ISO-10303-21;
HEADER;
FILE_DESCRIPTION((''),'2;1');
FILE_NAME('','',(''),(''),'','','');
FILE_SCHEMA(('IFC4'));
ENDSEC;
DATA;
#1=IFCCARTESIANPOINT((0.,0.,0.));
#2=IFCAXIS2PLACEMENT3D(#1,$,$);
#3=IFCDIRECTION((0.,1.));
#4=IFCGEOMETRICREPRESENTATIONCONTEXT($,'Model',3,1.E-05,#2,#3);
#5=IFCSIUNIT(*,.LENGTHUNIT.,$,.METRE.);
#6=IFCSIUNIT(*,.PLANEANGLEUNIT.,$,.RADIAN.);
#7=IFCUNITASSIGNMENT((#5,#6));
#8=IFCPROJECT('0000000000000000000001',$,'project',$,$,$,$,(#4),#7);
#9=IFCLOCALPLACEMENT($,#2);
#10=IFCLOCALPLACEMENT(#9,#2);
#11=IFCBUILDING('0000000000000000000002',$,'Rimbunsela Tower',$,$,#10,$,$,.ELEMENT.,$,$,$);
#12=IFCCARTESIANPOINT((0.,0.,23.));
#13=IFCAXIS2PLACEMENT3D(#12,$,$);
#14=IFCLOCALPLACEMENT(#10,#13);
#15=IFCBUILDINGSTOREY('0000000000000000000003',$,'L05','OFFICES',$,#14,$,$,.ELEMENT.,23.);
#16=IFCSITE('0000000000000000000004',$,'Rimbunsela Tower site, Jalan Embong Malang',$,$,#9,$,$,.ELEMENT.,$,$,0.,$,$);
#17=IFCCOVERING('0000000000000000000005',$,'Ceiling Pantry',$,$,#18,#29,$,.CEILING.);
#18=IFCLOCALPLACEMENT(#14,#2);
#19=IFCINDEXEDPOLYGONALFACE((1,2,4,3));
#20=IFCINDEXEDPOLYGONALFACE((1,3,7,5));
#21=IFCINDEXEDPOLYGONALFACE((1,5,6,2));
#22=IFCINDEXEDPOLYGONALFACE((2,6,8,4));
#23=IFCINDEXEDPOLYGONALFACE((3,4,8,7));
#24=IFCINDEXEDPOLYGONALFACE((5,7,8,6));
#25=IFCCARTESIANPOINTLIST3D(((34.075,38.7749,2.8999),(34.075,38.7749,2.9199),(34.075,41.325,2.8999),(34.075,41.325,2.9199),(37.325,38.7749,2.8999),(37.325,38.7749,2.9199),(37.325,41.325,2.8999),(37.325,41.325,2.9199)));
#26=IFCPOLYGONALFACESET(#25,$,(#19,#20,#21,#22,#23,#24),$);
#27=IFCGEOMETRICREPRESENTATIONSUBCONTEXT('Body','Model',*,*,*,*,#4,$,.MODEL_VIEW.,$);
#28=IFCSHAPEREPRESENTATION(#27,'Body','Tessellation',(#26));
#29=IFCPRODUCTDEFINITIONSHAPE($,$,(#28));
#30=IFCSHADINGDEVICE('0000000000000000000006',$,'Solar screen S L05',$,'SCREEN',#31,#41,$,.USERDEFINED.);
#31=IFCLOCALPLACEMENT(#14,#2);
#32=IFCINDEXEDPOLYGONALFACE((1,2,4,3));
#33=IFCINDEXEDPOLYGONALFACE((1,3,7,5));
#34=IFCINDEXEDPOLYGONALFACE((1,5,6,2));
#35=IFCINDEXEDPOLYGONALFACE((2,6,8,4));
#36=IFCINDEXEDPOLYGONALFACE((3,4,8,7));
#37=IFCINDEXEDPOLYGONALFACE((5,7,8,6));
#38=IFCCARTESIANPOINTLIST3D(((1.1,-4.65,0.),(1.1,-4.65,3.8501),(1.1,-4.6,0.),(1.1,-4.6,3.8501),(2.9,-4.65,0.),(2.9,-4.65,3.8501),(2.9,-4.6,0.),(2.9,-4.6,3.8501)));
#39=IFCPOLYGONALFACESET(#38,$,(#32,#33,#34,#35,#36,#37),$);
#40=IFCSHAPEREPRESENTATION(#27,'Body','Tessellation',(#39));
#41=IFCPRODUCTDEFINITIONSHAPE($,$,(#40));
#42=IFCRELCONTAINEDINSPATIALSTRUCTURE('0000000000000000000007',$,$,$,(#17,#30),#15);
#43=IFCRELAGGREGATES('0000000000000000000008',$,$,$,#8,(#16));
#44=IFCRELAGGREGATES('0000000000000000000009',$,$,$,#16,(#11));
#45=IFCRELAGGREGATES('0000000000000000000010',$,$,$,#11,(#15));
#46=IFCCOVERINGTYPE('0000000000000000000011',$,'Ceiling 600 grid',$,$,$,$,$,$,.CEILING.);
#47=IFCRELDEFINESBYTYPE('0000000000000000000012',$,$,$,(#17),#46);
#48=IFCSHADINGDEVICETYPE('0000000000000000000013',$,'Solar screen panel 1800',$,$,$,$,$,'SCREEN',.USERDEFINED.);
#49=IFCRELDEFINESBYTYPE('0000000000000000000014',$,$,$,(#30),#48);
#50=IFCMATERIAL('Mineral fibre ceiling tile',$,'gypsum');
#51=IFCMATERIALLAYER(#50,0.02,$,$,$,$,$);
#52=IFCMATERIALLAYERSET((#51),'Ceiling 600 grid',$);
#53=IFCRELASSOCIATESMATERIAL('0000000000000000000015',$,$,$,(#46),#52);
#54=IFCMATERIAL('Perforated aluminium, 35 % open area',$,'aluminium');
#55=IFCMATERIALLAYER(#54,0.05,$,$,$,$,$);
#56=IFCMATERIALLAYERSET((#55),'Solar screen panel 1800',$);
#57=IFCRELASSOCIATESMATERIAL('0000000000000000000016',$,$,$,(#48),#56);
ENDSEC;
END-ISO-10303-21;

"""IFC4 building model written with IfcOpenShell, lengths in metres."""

from ifc_helpers import new_model, si_unit, direction, frame, origin, origin_2d, place, context, subcontext, project, spatial, polyline, rectangle, outline, extrude, material, layer, layer_set, type_object, element, save


model = new_model("IFC4")

# Units and contexts
model_context = context("Model", 3, precision=1e-05, world=origin(), true_north=direction((0.0, 1.0)))
body_context = subcontext(model_context, "Body", "Model", "MODEL_VIEW")
ifc_project = project(units=[si_unit("LENGTHUNIT", "METRE"), si_unit("PLANEANGLEUNIT", "RADIAN")], contexts=[model_context])

# Site, building, storey
site_placement = place(None, origin())
site = spatial("IfcSite", under=ifc_project, at=site_placement, Name="Rimbunsela Tower site, Jalan Embong Malang", CompositionType="ELEMENT", RefElevation=0.0)
building_placement = place(site_placement, origin())
building = spatial("IfcBuilding", under=site, at=building_placement, Name="Rimbunsela Tower", CompositionType="ELEMENT")
storey_placement = place(building_placement, frame((0.0, 0.0, 23.0)))
storey = spatial("IfcBuildingStorey", under=building, at=storey_placement, Name="L05", Description="OFFICES", CompositionType="ELEMENT", Elevation=23.0)

# Covering
ifc_material_1 = material(Name="Mineral fibre ceiling tile", Category="gypsum")
ifc_layer_1 = layer(ifc_material_1, 0.02)
ifc_layer_set_1 = layer_set([ifc_layer_1], Name="Ceiling 600 grid")
covering_type_1 = type_object("IfcCoveringType", Name="Ceiling 600 grid", PredefinedType="CEILING", material=ifc_layer_set_1)
covering_1_placement = place(storey_placement, frame((0.0, 0.0, 2.8999)))
element("IfcCovering", 1, at=covering_1_placement, inside=storey, type_object=covering_type_1, Name="Ceiling Pantry", PredefinedType="CEILING", context=body_context, shape_type="SweptSolid", body=[
    extrude(outline(polyline([(37.325, 38.7749), (37.325, 41.325), (34.075, 41.325), (34.075, 38.7749), (37.325, 38.7749)])), origin(), (0.0, 0.0, 1.0), 0.02),
])

# Shading device
ifc_material_2 = material(Name="Perforated aluminium, 35 % open area", Category="aluminium")
ifc_layer_2 = layer(ifc_material_2, 0.05)
ifc_layer_set_2 = layer_set([ifc_layer_2], Name="Solar screen panel 1800")
shading_device_type = type_object("IfcShadingDeviceType", Name="Solar screen panel 1800", ElementType="SCREEN", PredefinedType="USERDEFINED", material=ifc_layer_set_2)
shading_device_placement = place(storey_placement, frame((2.0, -4.625, 0.0), z_axis=(0.0, 0.0, 1.0), x_axis=(1.0, 0.0, 0.0)))
element("IfcShadingDevice", 2, at=shading_device_placement, inside=storey, type_object=shading_device_type, Name="Solar screen S L05", ObjectType="SCREEN", PredefinedType="USERDEFINED", context=body_context, shape_type="SweptSolid", body=[
    extrude(rectangle(XDim=1.8, YDim=0.05, at=origin_2d()), origin(), (0.0, 0.0, 1.0), 3.8501),
])

save(model, "model.ifc")
